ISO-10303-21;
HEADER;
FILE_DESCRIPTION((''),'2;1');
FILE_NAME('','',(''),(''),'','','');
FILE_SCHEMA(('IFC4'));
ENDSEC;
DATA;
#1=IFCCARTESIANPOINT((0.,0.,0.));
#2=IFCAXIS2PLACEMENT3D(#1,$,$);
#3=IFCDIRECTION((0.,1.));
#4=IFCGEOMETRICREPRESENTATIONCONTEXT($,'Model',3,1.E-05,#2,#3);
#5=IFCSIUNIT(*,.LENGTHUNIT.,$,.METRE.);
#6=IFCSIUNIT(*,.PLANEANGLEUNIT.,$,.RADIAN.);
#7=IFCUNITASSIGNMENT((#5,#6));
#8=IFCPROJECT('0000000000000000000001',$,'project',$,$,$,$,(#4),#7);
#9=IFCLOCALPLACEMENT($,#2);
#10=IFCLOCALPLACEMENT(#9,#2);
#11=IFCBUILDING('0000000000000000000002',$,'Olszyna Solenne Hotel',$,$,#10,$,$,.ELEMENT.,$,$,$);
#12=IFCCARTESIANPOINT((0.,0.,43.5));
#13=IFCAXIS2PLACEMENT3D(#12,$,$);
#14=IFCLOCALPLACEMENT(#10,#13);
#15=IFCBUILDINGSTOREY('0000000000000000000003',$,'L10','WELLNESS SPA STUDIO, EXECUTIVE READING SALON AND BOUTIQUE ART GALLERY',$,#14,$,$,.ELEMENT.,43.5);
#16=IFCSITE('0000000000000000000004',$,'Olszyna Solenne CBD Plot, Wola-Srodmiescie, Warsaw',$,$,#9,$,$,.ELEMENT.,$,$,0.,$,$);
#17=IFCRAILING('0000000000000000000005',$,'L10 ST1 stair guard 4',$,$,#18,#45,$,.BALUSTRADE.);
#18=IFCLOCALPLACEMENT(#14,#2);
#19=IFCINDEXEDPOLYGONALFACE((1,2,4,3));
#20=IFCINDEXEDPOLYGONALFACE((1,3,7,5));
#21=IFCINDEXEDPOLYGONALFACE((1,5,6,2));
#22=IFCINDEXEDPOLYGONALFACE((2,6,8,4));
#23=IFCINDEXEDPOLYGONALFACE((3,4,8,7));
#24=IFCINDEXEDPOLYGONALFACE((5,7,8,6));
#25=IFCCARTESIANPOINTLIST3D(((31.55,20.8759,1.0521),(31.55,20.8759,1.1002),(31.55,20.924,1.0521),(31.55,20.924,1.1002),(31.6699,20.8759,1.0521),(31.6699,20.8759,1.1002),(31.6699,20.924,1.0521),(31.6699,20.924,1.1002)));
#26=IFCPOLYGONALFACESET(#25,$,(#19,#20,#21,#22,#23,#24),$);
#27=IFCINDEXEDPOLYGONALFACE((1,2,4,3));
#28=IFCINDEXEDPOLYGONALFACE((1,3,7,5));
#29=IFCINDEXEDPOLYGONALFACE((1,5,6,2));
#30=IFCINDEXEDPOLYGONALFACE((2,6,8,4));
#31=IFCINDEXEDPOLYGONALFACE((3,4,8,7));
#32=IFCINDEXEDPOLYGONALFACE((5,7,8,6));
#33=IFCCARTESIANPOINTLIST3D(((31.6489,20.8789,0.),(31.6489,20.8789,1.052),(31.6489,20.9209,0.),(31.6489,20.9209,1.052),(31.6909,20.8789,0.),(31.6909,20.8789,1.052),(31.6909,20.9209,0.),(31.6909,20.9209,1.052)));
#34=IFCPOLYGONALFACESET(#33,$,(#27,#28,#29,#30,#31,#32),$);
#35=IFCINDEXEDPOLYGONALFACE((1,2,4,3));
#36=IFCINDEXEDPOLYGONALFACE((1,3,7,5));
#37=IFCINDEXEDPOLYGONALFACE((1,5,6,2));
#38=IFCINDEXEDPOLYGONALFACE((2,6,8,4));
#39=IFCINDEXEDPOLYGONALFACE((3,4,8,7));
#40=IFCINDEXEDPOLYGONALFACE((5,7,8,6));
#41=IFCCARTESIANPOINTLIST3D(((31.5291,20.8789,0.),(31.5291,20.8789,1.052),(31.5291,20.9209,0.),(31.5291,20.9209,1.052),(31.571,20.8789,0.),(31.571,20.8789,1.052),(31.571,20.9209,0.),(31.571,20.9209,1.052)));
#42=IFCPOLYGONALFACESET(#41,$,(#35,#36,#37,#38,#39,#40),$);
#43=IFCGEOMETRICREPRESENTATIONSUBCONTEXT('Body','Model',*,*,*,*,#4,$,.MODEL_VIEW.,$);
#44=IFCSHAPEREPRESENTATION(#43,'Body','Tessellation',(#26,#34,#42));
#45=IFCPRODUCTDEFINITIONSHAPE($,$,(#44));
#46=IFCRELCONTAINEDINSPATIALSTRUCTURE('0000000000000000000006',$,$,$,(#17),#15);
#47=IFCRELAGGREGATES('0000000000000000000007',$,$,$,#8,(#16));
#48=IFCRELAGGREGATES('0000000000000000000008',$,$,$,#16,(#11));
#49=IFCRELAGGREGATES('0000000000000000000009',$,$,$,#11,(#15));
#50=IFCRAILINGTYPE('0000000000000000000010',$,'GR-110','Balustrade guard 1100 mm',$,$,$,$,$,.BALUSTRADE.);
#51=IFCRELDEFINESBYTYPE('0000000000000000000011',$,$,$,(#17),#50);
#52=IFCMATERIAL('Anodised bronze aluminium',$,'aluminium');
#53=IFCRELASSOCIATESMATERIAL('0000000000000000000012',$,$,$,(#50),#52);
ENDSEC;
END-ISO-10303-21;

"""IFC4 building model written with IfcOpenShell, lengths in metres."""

from ifc_helpers import new_model, si_unit, direction, frame, origin, origin_2d, place, context, subcontext, project, spatial, rectangle, extrude, material, type_object, element, save


model = new_model("IFC4")

# Units and contexts
model_context = context("Model", 3, precision=1e-05, world=origin(), true_north=direction((0.0, 1.0)))
body_context = subcontext(model_context, "Body", "Model", "MODEL_VIEW")
ifc_project = project(units=[si_unit("LENGTHUNIT", "METRE"), si_unit("PLANEANGLEUNIT", "RADIAN")], contexts=[model_context])

# Site, building, storey
site_placement = place(None, origin())
site = spatial("IfcSite", under=ifc_project, at=site_placement, Name="Olszyna Solenne CBD Plot, Wola-Srodmiescie, Warsaw", CompositionType="ELEMENT", RefElevation=0.0)
building_placement = place(site_placement, origin())
building = spatial("IfcBuilding", under=site, at=building_placement, Name="Olszyna Solenne Hotel", CompositionType="ELEMENT")
storey_placement = place(building_placement, frame((0.0, 0.0, 43.5)))
storey = spatial("IfcBuildingStorey", under=building, at=storey_placement, Name="L10", Description="WELLNESS SPA STUDIO, EXECUTIVE READING SALON AND BOUTIQUE ART GALLERY", CompositionType="ELEMENT", Elevation=43.5)

# Shared definitions
ifc_material_1 = material(Name="Anodised bronze aluminium", Category="aluminium")

# Railing
railing_type = type_object("IfcRailingType", Name="GR-110", Description="Balustrade guard 1100 mm", PredefinedType="BALUSTRADE", material=ifc_material_1)
railing_1_placement = place(storey_placement, frame((31.6699, 20.8999, 0.0)))
element("IfcRailing", 1, at=railing_1_placement, inside=storey, type_object=railing_type, Name="L10 ST1 stair guard 4", PredefinedType="BALUSTRADE", context=body_context, shape_type="SweptSolid", body=[
    extrude(rectangle(XDim=0.0481, YDim=0.0481, at=origin_2d()), frame((0.0, 0.0, 1.0762), z_axis=(-1.0, 0.0, 0.0), x_axis=(0.0, -1.0, 0.0)), (0.0, 0.0, 1.0), 0.1199),
    extrude(rectangle(XDim=0.042, YDim=0.042, at=origin_2d()), origin(), (0.0, 0.0, 1.0), 1.052),
    extrude(rectangle(XDim=0.042, YDim=0.042, at=origin_2d()), frame((-0.1199, 0.0, 0.0)), (0.0, 0.0, 1.0), 1.052),
])

save(model, "model.ifc")
